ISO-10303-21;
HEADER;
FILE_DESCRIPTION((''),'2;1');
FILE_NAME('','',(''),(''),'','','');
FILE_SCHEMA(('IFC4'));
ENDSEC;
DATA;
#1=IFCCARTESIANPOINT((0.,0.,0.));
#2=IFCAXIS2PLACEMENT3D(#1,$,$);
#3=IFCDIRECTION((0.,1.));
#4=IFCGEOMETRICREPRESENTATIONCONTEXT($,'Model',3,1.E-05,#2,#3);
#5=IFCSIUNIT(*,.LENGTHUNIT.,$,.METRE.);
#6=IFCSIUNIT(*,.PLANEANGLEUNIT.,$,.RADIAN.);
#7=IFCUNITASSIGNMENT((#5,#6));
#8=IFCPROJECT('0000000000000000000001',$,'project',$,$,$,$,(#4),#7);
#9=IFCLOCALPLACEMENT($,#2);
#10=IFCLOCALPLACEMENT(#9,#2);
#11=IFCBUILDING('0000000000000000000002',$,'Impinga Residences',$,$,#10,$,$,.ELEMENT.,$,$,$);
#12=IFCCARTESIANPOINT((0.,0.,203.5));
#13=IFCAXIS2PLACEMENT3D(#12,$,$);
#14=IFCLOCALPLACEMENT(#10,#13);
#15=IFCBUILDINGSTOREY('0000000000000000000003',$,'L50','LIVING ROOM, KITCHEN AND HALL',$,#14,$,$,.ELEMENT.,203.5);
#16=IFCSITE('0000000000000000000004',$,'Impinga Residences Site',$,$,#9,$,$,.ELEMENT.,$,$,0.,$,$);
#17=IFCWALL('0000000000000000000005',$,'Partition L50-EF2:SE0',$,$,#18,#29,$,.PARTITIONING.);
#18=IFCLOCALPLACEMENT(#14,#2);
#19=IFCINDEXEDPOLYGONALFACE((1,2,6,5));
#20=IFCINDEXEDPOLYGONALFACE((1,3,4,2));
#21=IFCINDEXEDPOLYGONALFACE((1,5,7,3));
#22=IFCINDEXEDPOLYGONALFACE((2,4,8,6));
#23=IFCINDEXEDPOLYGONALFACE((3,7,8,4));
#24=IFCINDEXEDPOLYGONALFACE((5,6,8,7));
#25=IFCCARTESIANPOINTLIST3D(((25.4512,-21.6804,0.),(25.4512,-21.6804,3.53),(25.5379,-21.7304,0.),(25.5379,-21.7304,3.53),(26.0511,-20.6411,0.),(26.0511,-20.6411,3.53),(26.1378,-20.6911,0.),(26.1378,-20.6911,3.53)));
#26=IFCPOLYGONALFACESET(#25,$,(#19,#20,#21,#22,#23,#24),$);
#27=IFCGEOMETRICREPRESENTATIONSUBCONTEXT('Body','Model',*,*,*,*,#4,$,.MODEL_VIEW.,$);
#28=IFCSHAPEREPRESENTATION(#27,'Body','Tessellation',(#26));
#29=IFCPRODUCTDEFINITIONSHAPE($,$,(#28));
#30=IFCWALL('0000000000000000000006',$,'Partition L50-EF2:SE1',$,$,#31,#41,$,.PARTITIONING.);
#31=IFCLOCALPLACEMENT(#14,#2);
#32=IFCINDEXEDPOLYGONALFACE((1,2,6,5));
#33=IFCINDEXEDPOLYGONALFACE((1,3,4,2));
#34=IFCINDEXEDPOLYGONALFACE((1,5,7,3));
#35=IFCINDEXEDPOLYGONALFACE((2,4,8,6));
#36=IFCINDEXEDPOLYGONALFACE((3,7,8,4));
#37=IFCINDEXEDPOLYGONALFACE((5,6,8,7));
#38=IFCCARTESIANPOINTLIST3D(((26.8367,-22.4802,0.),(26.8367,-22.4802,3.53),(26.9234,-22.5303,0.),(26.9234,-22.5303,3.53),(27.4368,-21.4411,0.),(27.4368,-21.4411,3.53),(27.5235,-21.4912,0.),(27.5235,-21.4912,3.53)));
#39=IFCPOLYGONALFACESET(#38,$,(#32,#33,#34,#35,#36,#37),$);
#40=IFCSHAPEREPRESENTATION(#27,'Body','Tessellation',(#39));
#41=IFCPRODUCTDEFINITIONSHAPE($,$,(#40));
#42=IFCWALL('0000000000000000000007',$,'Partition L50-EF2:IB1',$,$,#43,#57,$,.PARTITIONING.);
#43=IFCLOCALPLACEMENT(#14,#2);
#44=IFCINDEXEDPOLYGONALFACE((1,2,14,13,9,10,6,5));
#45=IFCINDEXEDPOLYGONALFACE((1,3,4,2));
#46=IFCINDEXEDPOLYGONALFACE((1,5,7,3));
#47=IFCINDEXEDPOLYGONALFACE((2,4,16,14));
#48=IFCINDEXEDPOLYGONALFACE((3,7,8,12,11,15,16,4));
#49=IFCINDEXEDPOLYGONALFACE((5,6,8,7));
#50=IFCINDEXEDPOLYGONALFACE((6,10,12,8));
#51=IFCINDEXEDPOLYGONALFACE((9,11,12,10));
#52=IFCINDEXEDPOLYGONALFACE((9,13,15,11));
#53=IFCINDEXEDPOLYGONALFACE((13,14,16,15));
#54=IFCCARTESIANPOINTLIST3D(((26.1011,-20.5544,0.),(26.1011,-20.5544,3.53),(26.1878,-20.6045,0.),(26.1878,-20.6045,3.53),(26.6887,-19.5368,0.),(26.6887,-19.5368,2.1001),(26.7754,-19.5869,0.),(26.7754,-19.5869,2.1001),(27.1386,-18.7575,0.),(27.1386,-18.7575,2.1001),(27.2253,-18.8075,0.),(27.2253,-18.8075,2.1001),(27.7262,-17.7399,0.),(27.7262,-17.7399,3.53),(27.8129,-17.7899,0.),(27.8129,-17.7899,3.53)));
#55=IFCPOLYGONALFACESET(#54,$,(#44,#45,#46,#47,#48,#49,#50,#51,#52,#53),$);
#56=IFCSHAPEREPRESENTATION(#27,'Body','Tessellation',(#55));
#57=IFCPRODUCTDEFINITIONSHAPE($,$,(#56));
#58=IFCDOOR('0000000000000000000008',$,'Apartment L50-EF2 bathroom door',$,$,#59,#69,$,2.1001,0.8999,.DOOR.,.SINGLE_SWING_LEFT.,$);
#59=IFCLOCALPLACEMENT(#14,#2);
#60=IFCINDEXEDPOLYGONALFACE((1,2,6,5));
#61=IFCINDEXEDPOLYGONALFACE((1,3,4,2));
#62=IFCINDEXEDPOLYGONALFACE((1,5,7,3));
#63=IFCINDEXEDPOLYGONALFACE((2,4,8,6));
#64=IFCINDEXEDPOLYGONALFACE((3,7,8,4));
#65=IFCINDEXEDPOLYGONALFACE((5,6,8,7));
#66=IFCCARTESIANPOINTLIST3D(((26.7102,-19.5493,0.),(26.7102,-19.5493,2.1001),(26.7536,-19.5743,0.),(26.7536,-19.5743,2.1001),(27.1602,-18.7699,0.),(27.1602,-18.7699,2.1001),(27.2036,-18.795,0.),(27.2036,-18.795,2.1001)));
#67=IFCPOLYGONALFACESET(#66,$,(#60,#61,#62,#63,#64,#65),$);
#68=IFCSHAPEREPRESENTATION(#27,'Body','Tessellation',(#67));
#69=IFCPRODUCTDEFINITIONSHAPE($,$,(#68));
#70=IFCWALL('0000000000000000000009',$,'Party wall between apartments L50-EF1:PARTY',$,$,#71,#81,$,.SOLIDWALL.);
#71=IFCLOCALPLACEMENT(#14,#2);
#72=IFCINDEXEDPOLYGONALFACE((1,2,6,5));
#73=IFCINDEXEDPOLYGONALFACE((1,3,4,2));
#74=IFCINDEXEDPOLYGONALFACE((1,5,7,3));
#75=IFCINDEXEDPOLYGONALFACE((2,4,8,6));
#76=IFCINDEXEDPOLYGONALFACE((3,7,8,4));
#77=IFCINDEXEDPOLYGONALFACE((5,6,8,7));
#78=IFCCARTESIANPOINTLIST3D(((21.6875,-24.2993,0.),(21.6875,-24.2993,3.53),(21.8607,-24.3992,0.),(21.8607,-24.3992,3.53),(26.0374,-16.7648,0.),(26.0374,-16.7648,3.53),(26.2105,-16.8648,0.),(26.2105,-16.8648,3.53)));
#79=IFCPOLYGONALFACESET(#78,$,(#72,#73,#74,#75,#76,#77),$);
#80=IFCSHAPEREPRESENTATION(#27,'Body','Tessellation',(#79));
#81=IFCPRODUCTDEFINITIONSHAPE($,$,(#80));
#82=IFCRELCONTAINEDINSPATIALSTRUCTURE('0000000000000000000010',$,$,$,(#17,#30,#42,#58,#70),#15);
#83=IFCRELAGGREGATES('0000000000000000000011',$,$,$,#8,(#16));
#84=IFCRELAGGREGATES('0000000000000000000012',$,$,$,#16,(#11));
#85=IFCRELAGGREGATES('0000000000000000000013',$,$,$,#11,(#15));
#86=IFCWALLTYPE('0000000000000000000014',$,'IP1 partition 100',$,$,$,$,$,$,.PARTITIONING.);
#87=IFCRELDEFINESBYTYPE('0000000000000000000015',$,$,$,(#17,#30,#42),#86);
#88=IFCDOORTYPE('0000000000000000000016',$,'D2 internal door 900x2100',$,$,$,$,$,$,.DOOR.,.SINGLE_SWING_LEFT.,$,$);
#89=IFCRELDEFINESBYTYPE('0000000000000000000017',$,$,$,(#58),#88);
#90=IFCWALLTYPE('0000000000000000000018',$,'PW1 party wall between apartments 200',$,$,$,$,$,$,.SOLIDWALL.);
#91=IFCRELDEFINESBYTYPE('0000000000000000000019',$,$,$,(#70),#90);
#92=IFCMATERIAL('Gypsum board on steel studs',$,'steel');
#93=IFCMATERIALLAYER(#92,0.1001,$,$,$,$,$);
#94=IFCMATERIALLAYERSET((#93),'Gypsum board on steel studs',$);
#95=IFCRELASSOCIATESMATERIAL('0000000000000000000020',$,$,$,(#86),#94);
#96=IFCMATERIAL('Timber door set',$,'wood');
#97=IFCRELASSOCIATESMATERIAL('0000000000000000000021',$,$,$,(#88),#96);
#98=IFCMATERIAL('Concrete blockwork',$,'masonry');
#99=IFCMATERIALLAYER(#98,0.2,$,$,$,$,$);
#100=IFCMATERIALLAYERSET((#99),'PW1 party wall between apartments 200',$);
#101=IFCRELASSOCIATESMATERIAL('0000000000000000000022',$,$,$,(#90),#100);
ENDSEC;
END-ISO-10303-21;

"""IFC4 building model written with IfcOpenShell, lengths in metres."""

from ifc_helpers import new_model, si_unit, direction, frame, frame_2d, origin, place, context, subcontext, project, spatial, rectangle, extrude, material, layer, layer_set, type_object, element, fill, save


model = new_model("IFC4")

# Units and contexts
model_context = context("Model", 3, precision=1e-05, world=origin(), true_north=direction((0.0, 1.0)))
body_context = subcontext(model_context, "Body", "Model", "MODEL_VIEW")
ifc_project = project(units=[si_unit("LENGTHUNIT", "METRE"), si_unit("PLANEANGLEUNIT", "RADIAN")], contexts=[model_context])

# Site, building, storey
site_placement = place(None, origin())
site = spatial("IfcSite", under=ifc_project, at=site_placement, Name="Impinga Residences Site", CompositionType="ELEMENT", RefElevation=0.0)
building_placement = place(site_placement, origin())
building = spatial("IfcBuilding", under=site, at=building_placement, Name="Impinga Residences", CompositionType="ELEMENT")
storey_placement = place(building_placement, frame((0.0, 0.0, 203.5)))
storey = spatial("IfcBuildingStorey", under=building, at=storey_placement, Name="L50", Description="LIVING ROOM, KITCHEN AND HALL", CompositionType="ELEMENT", Elevation=203.5)

# Shared definitions
ifc_material_1 = material(Name="Concrete blockwork", Category="masonry")
ifc_material_2 = material(Name="Timber door set", Category="wood")

# Shared definitions
ifc_material_3 = material(Name="Gypsum board on steel studs", Category="steel")
ifc_layer_1 = layer(ifc_material_3, 0.1001)
ifc_layer_set_1 = layer_set([ifc_layer_1], Name="Gypsum board on steel studs")
wall_type_1 = type_object("IfcWallType", Name="IP1 partition 100", PredefinedType="PARTITIONING", material=ifc_layer_set_1)

# Shared definitions
door_type_1 = type_object("IfcDoorType", Name="D2 internal door 900x2100", OperationType="SINGLE_SWING_LEFT", PredefinedType="DOOR", material=ifc_material_2)

# Walls
for number, where, z_axis, x_axis, name in (
    (1, (26.0945, -20.666, 0.0), (0.0, 0.0, 1.0), (-0.499881, -0.866094, 0.0), "Partition L50-EF2:SE0"),
    (2, (27.4802, -21.4661, 0.0), (0.0, 0.0, 1.0), (-0.500122, -0.865955, 0.0), "Partition L50-EF2:SE1"),
):
    element("IfcWall", number, at=place(storey_placement, frame(where, z_axis=z_axis, x_axis=x_axis)), inside=storey, type_object=wall_type_1, Name=name, PredefinedType="PARTITIONING", context=body_context, shape_type="SweptSolid", body=[
        extrude(rectangle(XDim=1.2, YDim=0.1001, at=frame_2d((0.6001, 0.0))), origin(), (0.0, 0.0, 1.0), 3.53),
    ])

# Wall, opening, door
wall_1_placement = place(storey_placement, frame((27.7695, -17.7649, 0.0), z_axis=(0.0, 0.0, 1.0), x_axis=(-0.500017, -0.866015, 0.0)))
wall_1 = element("IfcWall", 3, at=wall_1_placement, inside=storey, type_object=wall_type_1, Name="Partition L50-EF2:IB1", PredefinedType="PARTITIONING", context=body_context, shape_type="SweptSolid", body=[
    extrude(rectangle(XDim=3.25, YDim=0.1001, at=frame_2d((1.625, 0.0))), origin(), (0.0, 0.0, 1.0), 3.53),
])
opening_1_placement = place(wall_1_placement, frame((1.175, 0.0, 0.0)))
opening_1 = element("IfcOpeningElement", 4, at=opening_1_placement, cuts=wall_1, PredefinedType="OPENING", context=body_context, shape_type="SweptSolid", body=[
    extrude(rectangle(XDim=0.8999, YDim=2.1001, at=frame_2d((0.45, 1.05))), frame((0.0, 0.0601, 0.0), z_axis=(0.0, -1.0, 0.0), x_axis=(1.0, 0.0, 0.0)), (0.0, 0.0, 1.0), 0.1201),
])
door_1_placement = place(opening_1_placement, origin())
door_1 = element("IfcDoor", 5, at=door_1_placement, inside=storey, type_object=door_type_1, Name="Apartment L50-EF2 bathroom door", OperationType="SINGLE_SWING_LEFT", OverallHeight=2.1001, OverallWidth=0.8999, PredefinedType="DOOR", context=body_context, shape_type="SweptSolid", body=[
    extrude(rectangle(XDim=0.8999, YDim=2.1001, at=frame_2d((0.45, 1.05))), frame((0.0, 0.0249, 0.0), z_axis=(0.0, -1.0, 0.0), x_axis=(1.0, 0.0, 0.0)), (0.0, 0.0, 1.0), 0.05),
])
fill(opening_1, door_1)

# Wall
ifc_layer_2 = layer(ifc_material_1, 0.2)
ifc_layer_set_2 = layer_set([ifc_layer_2], Name="PW1 party wall between apartments 200")
wall_type_2 = type_object("IfcWallType", Name="PW1 party wall between apartments 200", PredefinedType="SOLIDWALL", material=ifc_layer_set_2)
wall_2_placement = place(storey_placement, frame((26.124, -16.8147, 0.0), z_axis=(0.0, 0.0, 1.0), x_axis=(-0.499987, -0.866033, 0.0)))
element("IfcWall", 6, at=wall_2_placement, inside=storey, type_object=wall_type_2, Name="Party wall between apartments L50-EF1:PARTY", PredefinedType="SOLIDWALL", context=body_context, shape_type="SweptSolid", body=[
    extrude(rectangle(XDim=8.7, YDim=0.2, at=frame_2d((4.3501, 0.0))), origin(), (0.0, 0.0, 1.0), 3.53),
])

save(model, "model.ifc")
